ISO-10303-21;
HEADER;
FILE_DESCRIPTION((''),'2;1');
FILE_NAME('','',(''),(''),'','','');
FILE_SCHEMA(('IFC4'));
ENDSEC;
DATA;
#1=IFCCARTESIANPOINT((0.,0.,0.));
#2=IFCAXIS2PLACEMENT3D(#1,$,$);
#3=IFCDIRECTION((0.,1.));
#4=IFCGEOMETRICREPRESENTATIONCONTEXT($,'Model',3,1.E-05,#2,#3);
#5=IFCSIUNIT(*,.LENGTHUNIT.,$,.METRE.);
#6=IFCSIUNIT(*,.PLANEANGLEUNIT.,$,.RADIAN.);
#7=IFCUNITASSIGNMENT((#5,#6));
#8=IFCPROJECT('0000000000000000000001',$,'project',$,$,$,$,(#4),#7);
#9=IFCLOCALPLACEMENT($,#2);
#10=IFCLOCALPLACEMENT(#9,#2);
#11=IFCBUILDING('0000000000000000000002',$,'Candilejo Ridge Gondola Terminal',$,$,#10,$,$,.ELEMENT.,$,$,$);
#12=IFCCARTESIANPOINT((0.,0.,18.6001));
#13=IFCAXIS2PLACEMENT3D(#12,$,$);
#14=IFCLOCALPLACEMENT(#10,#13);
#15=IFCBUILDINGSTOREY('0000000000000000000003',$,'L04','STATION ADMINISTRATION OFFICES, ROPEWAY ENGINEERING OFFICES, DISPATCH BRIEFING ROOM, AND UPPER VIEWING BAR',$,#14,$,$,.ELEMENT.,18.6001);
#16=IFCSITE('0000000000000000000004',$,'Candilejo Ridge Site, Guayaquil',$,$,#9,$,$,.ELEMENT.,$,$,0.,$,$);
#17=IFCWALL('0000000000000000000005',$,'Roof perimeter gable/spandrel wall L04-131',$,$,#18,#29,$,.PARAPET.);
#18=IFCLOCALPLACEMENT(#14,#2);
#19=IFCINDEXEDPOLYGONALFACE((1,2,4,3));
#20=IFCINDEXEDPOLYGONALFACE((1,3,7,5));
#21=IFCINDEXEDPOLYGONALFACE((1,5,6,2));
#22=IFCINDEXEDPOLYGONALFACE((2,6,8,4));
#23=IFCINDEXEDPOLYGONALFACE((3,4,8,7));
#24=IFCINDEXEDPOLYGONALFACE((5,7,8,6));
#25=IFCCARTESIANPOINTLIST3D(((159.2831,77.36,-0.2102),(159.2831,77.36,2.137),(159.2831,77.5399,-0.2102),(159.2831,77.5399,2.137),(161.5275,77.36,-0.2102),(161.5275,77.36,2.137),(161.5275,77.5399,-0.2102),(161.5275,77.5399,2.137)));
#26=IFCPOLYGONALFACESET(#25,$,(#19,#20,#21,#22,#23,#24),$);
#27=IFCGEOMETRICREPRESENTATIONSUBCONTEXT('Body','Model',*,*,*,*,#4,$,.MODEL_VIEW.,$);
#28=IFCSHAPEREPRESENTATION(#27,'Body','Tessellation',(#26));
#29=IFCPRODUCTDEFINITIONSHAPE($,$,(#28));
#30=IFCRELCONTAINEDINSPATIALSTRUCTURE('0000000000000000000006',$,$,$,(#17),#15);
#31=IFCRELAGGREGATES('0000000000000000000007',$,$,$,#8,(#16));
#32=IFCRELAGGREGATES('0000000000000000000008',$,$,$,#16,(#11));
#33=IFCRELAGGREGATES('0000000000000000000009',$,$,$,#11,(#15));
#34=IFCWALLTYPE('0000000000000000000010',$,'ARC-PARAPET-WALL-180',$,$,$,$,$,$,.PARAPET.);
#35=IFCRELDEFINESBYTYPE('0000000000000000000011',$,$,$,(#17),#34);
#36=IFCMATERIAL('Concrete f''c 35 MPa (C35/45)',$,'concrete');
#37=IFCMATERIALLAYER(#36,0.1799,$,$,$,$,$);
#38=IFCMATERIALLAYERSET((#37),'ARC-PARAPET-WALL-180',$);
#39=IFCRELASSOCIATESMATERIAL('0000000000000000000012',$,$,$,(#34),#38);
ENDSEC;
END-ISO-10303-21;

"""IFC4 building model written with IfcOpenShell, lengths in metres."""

from ifc_helpers import new_model, si_unit, direction, frame, frame_2d, origin, place, context, subcontext, project, spatial, rectangle, extrude, material, layer, layer_set, type_object, element, save


model = new_model("IFC4")

# Units and contexts
model_context = context("Model", 3, precision=1e-05, world=origin(), true_north=direction((0.0, 1.0)))
body_context = subcontext(model_context, "Body", "Model", "MODEL_VIEW")
ifc_project = project(units=[si_unit("LENGTHUNIT", "METRE"), si_unit("PLANEANGLEUNIT", "RADIAN")], contexts=[model_context])

# Site, building, storey
site_placement = place(None, origin())
site = spatial("IfcSite", under=ifc_project, at=site_placement, Name="Candilejo Ridge Site, Guayaquil", CompositionType="ELEMENT", RefElevation=0.0)
building_placement = place(site_placement, origin())
building = spatial("IfcBuilding", under=site, at=building_placement, Name="Candilejo Ridge Gondola Terminal", CompositionType="ELEMENT")
storey_placement = place(building_placement, frame((0.0, 0.0, 18.6001)))
storey = spatial("IfcBuildingStorey", under=building, at=storey_placement, Name="L04", Description="STATION ADMINISTRATION OFFICES, ROPEWAY ENGINEERING OFFICES, DISPATCH BRIEFING ROOM, AND UPPER VIEWING BAR", CompositionType="ELEMENT", Elevation=18.6001)

# Wall
ifc_material_1 = material(Name="Concrete f'c 35 MPa (C35/45)", Category="concrete")
ifc_layer_1 = layer(ifc_material_1, 0.1799)
ifc_layer_set_1 = layer_set([ifc_layer_1], Name="ARC-PARAPET-WALL-180")
wall_type = type_object("IfcWallType", Name="ARC-PARAPET-WALL-180", PredefinedType="PARAPET", material=ifc_layer_set_1)
wall_1_placement = place(storey_placement, frame((159.2832, 77.45, -0.2102), z_axis=(0.0, 0.0, 1.0), x_axis=(1.0, 0.0, 0.0)))
element("IfcWall", 1, at=wall_1_placement, inside=storey, type_object=wall_type, Name="Roof perimeter gable/spandrel wall L04-131", PredefinedType="PARAPET", context=body_context, shape_type="SweptSolid", body=[
    extrude(rectangle(XDim=2.2444, YDim=0.1799, at=frame_2d((1.1221, 0.0))), origin(), (0.0, 0.0, 1.0), 2.3472),
])

save(model, "model.ifc")
